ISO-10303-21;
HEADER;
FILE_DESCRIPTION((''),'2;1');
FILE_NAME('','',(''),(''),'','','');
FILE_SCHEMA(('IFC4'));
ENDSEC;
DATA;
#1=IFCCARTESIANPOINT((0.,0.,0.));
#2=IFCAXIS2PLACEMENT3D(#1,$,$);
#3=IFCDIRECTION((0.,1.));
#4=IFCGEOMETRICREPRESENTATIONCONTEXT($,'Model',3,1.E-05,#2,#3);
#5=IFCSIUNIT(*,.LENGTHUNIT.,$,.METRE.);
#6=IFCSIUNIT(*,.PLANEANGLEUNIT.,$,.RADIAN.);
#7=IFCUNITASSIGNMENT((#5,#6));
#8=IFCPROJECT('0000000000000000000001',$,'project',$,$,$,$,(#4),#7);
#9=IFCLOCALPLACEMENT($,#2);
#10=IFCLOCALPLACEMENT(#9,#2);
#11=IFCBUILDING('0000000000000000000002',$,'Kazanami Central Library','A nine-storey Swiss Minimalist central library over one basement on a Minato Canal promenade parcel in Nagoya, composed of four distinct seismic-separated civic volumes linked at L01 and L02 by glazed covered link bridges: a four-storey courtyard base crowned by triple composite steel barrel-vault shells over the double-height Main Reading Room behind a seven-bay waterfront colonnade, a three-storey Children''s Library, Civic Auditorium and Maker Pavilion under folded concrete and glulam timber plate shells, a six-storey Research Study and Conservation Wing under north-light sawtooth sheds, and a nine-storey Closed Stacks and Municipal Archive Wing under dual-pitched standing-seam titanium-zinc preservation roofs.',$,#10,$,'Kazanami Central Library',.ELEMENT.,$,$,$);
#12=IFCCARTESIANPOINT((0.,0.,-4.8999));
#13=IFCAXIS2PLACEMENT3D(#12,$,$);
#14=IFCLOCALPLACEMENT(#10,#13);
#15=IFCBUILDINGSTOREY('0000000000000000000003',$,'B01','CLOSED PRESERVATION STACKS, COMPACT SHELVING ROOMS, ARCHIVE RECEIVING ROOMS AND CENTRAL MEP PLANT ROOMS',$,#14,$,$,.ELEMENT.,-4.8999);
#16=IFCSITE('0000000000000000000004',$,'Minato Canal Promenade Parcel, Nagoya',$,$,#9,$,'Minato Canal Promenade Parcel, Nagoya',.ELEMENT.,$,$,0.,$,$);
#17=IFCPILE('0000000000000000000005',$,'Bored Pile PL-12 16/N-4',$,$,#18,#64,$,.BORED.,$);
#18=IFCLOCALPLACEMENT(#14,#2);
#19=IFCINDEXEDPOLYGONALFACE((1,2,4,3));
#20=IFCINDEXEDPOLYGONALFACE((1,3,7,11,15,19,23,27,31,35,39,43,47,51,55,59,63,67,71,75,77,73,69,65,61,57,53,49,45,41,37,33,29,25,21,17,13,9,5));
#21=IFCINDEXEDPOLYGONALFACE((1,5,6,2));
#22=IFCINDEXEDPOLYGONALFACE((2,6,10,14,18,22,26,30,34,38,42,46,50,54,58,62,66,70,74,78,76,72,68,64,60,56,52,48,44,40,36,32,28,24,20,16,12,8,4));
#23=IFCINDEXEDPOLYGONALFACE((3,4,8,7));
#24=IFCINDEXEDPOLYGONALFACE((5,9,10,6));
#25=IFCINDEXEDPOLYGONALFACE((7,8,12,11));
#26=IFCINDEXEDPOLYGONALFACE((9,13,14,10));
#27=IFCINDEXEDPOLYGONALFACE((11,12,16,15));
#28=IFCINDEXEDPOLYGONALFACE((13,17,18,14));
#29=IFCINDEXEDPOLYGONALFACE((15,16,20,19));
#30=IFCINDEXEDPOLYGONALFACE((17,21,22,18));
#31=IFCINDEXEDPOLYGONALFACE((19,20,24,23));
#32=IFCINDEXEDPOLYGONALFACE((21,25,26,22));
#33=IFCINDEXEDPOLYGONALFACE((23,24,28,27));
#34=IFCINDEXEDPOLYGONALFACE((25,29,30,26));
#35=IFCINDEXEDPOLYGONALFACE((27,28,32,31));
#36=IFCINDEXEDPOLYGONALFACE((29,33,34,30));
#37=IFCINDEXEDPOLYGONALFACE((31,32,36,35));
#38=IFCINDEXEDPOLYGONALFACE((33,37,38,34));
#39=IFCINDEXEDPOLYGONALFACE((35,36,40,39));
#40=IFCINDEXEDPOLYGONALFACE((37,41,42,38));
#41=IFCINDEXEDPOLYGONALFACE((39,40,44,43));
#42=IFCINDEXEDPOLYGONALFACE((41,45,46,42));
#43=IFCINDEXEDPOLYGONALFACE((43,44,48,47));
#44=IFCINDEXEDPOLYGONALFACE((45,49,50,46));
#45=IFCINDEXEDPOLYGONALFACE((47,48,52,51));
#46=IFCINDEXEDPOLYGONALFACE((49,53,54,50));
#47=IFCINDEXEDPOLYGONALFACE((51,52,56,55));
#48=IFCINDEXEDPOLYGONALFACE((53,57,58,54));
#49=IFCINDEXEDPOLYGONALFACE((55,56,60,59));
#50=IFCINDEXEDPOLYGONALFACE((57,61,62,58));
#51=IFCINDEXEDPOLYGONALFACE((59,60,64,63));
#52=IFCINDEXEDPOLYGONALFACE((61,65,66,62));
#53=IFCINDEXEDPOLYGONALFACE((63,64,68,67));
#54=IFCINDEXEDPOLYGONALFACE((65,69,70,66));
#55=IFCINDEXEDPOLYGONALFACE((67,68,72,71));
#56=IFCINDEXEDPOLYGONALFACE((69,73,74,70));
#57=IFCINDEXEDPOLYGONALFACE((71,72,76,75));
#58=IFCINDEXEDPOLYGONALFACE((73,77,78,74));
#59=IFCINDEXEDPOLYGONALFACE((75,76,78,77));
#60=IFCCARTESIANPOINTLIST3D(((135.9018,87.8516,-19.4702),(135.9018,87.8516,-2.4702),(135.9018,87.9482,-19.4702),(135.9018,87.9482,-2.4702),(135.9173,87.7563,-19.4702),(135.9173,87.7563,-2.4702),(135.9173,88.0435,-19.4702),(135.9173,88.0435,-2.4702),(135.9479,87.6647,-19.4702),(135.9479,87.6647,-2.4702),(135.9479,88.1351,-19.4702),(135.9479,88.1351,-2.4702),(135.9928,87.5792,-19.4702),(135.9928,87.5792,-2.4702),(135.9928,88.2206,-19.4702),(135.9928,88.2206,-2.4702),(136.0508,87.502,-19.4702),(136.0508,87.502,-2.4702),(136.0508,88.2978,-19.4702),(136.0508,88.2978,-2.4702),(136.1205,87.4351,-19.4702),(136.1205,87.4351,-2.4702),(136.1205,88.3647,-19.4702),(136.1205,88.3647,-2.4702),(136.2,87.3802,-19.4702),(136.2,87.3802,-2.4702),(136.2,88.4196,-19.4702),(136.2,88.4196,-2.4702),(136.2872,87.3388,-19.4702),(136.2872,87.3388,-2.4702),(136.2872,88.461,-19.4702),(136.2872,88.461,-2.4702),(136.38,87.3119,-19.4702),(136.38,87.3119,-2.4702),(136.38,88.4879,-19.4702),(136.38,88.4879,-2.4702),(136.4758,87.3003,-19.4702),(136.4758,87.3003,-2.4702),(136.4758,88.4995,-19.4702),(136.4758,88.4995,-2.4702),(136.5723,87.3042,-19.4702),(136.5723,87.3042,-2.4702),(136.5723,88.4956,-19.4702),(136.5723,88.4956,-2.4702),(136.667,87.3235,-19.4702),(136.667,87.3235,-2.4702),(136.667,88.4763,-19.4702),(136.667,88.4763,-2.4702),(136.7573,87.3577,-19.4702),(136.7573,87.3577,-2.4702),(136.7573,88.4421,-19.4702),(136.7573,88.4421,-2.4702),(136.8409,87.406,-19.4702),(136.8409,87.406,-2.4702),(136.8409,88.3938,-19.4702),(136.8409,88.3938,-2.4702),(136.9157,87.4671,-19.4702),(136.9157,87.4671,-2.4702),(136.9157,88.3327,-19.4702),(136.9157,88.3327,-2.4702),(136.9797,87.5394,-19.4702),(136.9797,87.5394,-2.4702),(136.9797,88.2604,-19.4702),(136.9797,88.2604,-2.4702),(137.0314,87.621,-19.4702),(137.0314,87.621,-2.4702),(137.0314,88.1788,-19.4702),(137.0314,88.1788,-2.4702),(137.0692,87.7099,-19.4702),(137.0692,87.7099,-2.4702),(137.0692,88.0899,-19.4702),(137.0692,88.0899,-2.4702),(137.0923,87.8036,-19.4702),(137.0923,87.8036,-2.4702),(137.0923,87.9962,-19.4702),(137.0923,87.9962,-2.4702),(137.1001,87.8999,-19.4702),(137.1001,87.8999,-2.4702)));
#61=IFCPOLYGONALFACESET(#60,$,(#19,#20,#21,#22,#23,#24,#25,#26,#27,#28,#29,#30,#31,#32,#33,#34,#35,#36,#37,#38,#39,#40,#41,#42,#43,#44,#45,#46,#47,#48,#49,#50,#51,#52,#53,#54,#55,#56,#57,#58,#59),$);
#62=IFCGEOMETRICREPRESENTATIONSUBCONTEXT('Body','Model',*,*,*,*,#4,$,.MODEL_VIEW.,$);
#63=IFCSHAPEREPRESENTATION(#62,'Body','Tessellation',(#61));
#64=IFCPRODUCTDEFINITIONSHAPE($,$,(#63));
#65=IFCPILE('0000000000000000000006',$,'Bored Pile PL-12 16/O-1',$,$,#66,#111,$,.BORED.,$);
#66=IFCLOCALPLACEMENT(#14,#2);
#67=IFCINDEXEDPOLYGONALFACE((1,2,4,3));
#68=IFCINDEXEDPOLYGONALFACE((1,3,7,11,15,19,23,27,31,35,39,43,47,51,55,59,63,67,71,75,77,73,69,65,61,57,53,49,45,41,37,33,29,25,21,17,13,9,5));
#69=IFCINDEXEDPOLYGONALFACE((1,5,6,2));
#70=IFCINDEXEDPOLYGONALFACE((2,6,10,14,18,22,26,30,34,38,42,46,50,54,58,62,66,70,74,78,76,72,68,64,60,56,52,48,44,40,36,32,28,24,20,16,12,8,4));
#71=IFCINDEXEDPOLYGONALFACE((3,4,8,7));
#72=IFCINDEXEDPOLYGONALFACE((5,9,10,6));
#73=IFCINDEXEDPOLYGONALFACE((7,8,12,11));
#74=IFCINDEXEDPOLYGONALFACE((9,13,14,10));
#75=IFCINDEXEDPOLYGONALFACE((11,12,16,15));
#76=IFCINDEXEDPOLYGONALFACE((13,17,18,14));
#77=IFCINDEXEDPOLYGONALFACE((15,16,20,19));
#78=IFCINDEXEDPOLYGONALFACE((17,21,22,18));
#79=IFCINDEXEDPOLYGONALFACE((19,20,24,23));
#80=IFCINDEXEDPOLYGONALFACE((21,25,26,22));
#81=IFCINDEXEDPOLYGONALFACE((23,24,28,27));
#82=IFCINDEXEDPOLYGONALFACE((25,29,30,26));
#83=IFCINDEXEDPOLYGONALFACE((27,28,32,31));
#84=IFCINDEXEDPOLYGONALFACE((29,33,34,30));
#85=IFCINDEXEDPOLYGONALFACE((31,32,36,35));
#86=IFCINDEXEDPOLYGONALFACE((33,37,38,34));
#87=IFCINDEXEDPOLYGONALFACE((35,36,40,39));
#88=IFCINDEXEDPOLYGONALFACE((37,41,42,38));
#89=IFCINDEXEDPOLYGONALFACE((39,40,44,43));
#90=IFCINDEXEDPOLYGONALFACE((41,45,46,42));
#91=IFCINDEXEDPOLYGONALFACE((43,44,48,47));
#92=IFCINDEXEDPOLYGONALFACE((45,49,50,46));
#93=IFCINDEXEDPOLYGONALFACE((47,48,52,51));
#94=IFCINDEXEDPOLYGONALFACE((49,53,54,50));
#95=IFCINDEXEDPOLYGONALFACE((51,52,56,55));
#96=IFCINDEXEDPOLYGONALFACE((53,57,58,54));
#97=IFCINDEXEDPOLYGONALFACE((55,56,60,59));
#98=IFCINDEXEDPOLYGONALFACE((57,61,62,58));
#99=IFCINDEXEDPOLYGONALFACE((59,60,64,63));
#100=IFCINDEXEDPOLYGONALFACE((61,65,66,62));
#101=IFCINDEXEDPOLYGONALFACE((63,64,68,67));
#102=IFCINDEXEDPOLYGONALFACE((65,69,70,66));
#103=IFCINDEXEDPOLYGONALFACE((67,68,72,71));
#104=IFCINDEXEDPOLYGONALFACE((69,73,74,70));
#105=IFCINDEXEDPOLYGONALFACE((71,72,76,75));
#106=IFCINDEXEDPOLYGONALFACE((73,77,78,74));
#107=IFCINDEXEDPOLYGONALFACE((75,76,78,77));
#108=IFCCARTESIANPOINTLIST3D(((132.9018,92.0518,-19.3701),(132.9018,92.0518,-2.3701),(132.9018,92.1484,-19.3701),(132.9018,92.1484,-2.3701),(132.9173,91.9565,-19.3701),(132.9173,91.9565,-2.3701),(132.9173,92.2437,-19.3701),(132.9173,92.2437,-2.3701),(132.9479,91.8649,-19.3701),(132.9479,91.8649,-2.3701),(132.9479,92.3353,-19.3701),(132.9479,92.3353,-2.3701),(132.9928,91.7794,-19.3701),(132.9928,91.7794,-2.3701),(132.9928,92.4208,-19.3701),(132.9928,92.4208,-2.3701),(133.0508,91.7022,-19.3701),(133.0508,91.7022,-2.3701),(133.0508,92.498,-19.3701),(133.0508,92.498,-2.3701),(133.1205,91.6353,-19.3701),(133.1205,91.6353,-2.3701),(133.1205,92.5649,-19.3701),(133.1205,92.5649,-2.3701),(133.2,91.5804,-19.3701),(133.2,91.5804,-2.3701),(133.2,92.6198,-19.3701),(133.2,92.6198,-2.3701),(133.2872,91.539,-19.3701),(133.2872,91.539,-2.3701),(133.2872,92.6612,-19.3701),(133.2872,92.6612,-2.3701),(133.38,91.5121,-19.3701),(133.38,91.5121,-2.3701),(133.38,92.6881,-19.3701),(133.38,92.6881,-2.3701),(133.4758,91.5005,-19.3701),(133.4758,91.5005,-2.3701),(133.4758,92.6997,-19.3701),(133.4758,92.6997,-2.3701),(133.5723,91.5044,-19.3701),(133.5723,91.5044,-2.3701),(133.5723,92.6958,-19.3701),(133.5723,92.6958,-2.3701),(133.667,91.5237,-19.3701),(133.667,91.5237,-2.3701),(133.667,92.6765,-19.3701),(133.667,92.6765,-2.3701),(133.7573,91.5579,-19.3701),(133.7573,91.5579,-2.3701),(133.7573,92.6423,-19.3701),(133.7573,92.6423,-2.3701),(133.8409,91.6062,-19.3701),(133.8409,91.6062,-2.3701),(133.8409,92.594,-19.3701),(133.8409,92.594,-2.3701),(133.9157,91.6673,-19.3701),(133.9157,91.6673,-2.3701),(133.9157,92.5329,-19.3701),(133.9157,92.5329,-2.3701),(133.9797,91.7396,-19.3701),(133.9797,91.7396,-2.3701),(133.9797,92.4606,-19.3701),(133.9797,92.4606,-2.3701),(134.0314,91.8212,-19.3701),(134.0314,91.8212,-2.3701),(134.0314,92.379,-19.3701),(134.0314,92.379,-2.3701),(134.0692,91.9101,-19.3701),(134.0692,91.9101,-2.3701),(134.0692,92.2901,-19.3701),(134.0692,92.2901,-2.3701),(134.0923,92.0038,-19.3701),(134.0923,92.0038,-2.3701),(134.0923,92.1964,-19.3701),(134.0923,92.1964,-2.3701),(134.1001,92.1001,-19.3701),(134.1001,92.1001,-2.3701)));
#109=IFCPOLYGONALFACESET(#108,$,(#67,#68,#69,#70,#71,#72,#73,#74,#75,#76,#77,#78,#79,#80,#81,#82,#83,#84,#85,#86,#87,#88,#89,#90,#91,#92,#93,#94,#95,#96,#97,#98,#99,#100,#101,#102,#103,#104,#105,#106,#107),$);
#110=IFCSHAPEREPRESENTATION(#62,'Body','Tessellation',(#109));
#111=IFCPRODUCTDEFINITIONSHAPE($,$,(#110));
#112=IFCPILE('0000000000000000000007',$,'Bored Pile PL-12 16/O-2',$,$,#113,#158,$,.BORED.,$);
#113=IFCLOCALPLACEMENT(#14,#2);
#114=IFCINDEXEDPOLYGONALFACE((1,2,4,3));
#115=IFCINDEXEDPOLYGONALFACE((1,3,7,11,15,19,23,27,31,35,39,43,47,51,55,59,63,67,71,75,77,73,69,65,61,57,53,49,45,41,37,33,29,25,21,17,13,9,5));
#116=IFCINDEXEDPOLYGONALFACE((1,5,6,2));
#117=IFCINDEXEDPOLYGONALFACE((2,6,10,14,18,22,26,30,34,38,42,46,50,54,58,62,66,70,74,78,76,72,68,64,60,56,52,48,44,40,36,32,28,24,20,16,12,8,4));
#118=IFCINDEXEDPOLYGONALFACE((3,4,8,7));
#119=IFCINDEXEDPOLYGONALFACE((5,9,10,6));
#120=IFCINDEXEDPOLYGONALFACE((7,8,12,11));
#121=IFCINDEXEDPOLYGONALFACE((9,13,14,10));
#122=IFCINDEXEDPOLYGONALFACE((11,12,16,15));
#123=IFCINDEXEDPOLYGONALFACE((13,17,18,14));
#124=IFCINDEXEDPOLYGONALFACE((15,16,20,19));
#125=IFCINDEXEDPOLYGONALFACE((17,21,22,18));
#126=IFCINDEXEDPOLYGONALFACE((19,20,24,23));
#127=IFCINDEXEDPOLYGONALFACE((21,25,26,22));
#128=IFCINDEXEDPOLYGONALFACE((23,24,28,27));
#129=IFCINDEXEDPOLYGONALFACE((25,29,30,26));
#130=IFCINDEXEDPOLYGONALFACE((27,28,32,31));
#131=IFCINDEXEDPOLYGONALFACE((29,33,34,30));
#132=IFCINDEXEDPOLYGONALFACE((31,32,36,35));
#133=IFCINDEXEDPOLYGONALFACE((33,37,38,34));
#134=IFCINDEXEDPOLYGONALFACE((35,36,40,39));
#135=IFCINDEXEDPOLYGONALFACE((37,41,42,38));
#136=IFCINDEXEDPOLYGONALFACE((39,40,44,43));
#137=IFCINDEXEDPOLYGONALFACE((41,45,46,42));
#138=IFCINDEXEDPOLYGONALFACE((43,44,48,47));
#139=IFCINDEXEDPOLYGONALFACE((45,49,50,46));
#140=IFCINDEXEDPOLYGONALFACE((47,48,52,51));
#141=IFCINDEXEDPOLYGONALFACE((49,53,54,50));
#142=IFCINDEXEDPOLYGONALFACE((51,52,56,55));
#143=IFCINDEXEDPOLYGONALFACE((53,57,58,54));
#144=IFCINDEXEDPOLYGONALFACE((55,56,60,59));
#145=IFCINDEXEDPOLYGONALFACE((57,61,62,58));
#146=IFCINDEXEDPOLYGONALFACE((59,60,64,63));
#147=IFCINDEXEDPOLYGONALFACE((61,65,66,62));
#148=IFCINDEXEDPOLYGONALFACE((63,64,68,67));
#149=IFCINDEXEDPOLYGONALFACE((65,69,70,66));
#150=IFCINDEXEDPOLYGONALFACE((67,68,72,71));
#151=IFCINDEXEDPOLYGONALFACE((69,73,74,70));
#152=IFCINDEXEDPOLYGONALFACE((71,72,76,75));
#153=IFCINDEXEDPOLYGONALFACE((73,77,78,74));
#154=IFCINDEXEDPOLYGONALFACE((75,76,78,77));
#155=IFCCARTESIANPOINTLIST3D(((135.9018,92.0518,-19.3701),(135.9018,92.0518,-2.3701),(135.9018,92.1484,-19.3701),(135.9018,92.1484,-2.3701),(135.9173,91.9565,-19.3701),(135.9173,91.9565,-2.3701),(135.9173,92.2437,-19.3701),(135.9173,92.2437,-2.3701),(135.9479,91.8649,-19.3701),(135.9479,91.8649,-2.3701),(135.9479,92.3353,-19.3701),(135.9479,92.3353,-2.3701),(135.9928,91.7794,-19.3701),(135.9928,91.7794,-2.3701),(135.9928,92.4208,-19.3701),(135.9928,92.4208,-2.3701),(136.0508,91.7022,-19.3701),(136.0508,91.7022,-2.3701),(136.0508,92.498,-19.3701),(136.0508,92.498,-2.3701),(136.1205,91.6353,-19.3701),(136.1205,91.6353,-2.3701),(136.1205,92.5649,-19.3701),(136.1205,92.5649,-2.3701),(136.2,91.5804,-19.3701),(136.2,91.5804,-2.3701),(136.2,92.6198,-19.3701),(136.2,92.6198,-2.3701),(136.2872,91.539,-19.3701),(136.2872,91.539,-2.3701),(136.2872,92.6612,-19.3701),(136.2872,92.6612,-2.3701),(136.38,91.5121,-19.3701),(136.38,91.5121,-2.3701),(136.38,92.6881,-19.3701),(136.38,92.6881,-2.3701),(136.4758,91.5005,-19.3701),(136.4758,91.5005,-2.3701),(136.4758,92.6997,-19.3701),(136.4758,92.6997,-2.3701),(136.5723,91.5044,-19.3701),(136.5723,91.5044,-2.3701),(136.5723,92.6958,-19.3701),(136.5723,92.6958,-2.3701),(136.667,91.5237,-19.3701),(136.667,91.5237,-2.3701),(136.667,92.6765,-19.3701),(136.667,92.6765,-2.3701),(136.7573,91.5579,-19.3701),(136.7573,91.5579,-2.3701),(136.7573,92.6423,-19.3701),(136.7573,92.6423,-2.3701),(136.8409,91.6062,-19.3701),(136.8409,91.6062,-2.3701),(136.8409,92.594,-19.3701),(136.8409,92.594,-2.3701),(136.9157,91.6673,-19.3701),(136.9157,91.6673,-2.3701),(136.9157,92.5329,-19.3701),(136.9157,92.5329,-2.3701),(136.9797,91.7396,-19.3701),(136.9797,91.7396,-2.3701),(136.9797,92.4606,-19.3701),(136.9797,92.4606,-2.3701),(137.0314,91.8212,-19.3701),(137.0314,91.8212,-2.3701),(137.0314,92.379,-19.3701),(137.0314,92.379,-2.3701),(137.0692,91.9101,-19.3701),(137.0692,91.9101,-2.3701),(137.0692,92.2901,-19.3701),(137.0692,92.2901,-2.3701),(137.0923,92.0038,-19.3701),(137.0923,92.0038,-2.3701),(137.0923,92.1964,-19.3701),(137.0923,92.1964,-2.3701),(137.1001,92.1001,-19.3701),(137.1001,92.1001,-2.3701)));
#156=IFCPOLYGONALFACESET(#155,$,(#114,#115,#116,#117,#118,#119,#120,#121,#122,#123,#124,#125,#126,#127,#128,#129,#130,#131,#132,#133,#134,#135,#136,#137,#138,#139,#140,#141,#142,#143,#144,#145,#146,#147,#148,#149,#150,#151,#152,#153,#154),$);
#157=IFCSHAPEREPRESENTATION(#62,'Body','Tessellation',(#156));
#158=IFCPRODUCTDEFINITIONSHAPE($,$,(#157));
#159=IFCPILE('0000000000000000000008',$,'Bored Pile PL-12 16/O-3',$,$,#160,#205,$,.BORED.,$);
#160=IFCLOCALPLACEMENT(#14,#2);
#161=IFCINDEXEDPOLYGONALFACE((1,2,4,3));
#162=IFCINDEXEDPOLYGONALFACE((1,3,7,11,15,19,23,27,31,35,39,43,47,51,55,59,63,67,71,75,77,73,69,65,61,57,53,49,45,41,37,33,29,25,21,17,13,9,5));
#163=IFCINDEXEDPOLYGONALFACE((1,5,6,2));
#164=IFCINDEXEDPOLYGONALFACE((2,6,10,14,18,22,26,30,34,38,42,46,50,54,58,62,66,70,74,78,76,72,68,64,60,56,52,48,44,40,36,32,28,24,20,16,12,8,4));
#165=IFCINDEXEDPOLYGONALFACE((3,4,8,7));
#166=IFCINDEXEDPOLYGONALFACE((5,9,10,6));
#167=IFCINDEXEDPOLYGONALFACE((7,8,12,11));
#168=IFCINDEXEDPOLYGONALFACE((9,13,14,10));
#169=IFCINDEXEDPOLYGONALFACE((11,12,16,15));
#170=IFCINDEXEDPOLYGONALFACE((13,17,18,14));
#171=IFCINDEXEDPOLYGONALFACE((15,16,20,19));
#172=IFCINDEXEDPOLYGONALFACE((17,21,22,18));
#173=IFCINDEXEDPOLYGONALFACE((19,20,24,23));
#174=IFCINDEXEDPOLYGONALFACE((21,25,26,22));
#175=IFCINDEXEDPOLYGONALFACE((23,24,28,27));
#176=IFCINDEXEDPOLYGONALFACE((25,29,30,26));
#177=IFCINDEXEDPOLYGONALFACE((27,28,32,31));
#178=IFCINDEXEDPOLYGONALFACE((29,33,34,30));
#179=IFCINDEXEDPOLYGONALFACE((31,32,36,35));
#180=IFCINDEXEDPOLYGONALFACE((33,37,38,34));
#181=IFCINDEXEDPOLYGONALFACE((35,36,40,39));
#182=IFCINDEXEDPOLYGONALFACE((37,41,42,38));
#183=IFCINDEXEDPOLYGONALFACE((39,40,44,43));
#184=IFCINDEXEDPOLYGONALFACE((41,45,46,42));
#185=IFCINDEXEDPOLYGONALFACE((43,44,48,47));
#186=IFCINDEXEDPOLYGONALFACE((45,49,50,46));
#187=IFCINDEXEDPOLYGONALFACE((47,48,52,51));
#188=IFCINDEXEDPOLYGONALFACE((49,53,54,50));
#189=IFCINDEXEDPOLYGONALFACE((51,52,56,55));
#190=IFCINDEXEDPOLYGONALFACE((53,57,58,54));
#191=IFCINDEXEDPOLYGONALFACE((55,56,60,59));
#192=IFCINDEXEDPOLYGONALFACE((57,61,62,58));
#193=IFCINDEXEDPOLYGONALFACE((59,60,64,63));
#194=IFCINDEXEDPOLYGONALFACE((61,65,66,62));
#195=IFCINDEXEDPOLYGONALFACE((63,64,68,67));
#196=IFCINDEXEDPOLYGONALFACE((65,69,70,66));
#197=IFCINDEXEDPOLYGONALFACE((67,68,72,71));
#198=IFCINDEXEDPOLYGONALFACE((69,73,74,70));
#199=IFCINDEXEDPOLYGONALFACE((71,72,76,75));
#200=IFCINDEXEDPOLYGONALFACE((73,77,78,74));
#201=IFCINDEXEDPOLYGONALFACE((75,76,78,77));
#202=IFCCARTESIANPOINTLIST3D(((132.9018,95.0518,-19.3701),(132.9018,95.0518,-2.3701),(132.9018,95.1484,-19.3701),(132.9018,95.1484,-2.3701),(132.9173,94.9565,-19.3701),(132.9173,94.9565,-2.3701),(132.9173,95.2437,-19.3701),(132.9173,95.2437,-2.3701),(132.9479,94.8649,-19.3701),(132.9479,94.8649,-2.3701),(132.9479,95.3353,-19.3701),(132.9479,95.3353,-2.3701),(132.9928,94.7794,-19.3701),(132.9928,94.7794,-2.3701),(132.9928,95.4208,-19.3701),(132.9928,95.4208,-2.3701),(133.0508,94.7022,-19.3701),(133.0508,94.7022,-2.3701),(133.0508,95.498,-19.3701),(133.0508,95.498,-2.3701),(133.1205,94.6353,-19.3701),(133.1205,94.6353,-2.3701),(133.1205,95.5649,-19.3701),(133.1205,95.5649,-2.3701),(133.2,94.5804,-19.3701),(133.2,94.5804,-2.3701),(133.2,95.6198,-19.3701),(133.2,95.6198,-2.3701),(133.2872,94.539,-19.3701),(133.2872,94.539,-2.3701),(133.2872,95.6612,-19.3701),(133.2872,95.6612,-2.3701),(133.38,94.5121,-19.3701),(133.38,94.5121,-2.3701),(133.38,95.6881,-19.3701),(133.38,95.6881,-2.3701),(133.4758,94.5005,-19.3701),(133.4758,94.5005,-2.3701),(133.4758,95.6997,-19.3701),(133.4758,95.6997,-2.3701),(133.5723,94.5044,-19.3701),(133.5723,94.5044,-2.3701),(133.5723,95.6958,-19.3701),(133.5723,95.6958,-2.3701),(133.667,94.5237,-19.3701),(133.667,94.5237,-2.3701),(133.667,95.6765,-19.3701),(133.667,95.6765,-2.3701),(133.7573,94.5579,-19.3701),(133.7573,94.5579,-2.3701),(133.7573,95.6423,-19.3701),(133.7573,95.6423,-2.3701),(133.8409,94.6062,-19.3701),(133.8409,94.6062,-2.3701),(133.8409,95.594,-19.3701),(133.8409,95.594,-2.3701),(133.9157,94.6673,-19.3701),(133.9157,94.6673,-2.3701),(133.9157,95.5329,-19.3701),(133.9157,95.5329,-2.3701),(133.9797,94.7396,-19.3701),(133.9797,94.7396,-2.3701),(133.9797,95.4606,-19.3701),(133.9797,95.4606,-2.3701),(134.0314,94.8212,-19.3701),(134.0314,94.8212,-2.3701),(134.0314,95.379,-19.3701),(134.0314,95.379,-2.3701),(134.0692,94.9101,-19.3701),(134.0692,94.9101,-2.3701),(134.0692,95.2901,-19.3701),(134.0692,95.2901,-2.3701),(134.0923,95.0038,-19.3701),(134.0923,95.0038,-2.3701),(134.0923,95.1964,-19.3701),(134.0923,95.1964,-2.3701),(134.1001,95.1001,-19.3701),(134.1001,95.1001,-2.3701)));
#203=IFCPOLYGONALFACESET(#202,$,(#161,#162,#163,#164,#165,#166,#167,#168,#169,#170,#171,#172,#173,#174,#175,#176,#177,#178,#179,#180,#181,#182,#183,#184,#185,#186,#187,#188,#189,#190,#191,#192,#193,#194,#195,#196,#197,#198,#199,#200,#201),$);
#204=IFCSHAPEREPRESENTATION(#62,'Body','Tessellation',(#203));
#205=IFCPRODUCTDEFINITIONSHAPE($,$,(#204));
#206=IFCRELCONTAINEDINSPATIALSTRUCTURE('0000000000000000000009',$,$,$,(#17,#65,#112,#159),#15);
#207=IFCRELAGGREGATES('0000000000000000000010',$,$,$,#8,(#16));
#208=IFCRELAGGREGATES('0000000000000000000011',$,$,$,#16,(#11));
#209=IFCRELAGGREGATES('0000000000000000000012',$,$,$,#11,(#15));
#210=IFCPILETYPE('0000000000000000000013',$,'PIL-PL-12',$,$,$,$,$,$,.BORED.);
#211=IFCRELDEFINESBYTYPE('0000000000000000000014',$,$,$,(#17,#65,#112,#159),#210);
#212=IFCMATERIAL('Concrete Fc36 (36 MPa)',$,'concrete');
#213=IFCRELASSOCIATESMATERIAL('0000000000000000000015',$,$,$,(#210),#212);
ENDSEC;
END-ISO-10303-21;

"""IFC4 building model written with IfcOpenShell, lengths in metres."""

from ifc_helpers import new_model, si_unit, direction, frame, origin, origin_2d, place, context, subcontext, project, spatial, circle, extrude, material, material_profile, profile_set, type_object, element, save


model = new_model("IFC4")

# Units and contexts
model_context = context("Model", 3, precision=1e-05, world=origin(), true_north=direction((0.0, 1.0)))
body_context = subcontext(model_context, "Body", "Model", "MODEL_VIEW")
ifc_project = project(units=[si_unit("LENGTHUNIT", "METRE"), si_unit("PLANEANGLEUNIT", "RADIAN")], contexts=[model_context])

# Site, building, storey
site_placement = place(None, origin())
site = spatial("IfcSite", under=ifc_project, at=site_placement, Name="Minato Canal Promenade Parcel, Nagoya", LongName="Minato Canal Promenade Parcel, Nagoya", CompositionType="ELEMENT", RefElevation=0.0)
building_placement = place(site_placement, origin())
building = spatial("IfcBuilding", under=site, at=building_placement, Name="Kazanami Central Library", Description="A nine-storey Swiss Minimalist central library over one basement on a Minato Canal promenade parcel in Nagoya, composed of four distinct seismic-separated civic volumes linked at L01 and L02 by glazed covered link bridges: a four-storey courtyard base crowned by triple composite steel barrel-vault shells over the double-height Main Reading Room behind a seven-bay waterfront colonnade, a three-storey Children's Library, Civic Auditorium and Maker Pavilion under folded concrete and glulam timber plate shells, a six-storey Research Study and Conservation Wing under north-light sawtooth sheds, and a nine-storey Closed Stacks and Municipal Archive Wing under dual-pitched standing-seam titanium-zinc preservation roofs.", LongName="Kazanami Central Library", CompositionType="ELEMENT")
storey_placement = place(building_placement, frame((0.0, 0.0, -4.8999)))
storey = spatial("IfcBuildingStorey", under=building, at=storey_placement, Name="B01", Description="CLOSED PRESERVATION STACKS, COMPACT SHELVING ROOMS, ARCHIVE RECEIVING ROOMS AND CENTRAL MEP PLANT ROOMS", CompositionType="ELEMENT", Elevation=-4.8999)

# Shared definitions
ifc_material_1 = material(Name="Concrete Fc36 (36 MPa)", Category="concrete")

# Piles
ifc_material_profile_1 = material_profile(ifc_material_1, circle(Radius=0.6001, at=origin_2d()), Name="BORED-D1200")
ifc_profile_set_1 = profile_set([ifc_material_profile_1], Name="Concrete Fc36 (36 MPa)")
pile_type = type_object("IfcPileType", Name="PIL-PL-12", PredefinedType="BORED", material=ifc_profile_set_1)
for number, where, z_axis, x_axis, name in (
    (1, (136.5, 87.8999, -2.4702), (0.0, 0.0, -1.0), (1.0, 0.0, 0.0), "Bored Pile PL-12 16/N-4"),
    (2, (133.5, 92.1001, -2.3701), (0.0, 0.0, -1.0), (1.0, 0.0, 0.0), "Bored Pile PL-12 16/O-1"),
    (3, (136.5, 92.1001, -2.3701), (0.0, 0.0, -1.0), (1.0, 0.0, 0.0), "Bored Pile PL-12 16/O-2"),
    (4, (133.5, 95.1001, -2.3701), (0.0, 0.0, -1.0), (1.0, 0.0, 0.0), "Bored Pile PL-12 16/O-3"),
):
    element("IfcPile", number, at=place(storey_placement, frame(where, z_axis=z_axis, x_axis=x_axis)), inside=storey, type_object=pile_type, Name=name, PredefinedType="BORED", context=body_context, shape_type="SweptSolid", body=[
        extrude(circle(Radius=0.6001, at=origin_2d()), origin(), (0.0, 0.0, 1.0), 17.0),
    ])

save(model, "model.ifc")
